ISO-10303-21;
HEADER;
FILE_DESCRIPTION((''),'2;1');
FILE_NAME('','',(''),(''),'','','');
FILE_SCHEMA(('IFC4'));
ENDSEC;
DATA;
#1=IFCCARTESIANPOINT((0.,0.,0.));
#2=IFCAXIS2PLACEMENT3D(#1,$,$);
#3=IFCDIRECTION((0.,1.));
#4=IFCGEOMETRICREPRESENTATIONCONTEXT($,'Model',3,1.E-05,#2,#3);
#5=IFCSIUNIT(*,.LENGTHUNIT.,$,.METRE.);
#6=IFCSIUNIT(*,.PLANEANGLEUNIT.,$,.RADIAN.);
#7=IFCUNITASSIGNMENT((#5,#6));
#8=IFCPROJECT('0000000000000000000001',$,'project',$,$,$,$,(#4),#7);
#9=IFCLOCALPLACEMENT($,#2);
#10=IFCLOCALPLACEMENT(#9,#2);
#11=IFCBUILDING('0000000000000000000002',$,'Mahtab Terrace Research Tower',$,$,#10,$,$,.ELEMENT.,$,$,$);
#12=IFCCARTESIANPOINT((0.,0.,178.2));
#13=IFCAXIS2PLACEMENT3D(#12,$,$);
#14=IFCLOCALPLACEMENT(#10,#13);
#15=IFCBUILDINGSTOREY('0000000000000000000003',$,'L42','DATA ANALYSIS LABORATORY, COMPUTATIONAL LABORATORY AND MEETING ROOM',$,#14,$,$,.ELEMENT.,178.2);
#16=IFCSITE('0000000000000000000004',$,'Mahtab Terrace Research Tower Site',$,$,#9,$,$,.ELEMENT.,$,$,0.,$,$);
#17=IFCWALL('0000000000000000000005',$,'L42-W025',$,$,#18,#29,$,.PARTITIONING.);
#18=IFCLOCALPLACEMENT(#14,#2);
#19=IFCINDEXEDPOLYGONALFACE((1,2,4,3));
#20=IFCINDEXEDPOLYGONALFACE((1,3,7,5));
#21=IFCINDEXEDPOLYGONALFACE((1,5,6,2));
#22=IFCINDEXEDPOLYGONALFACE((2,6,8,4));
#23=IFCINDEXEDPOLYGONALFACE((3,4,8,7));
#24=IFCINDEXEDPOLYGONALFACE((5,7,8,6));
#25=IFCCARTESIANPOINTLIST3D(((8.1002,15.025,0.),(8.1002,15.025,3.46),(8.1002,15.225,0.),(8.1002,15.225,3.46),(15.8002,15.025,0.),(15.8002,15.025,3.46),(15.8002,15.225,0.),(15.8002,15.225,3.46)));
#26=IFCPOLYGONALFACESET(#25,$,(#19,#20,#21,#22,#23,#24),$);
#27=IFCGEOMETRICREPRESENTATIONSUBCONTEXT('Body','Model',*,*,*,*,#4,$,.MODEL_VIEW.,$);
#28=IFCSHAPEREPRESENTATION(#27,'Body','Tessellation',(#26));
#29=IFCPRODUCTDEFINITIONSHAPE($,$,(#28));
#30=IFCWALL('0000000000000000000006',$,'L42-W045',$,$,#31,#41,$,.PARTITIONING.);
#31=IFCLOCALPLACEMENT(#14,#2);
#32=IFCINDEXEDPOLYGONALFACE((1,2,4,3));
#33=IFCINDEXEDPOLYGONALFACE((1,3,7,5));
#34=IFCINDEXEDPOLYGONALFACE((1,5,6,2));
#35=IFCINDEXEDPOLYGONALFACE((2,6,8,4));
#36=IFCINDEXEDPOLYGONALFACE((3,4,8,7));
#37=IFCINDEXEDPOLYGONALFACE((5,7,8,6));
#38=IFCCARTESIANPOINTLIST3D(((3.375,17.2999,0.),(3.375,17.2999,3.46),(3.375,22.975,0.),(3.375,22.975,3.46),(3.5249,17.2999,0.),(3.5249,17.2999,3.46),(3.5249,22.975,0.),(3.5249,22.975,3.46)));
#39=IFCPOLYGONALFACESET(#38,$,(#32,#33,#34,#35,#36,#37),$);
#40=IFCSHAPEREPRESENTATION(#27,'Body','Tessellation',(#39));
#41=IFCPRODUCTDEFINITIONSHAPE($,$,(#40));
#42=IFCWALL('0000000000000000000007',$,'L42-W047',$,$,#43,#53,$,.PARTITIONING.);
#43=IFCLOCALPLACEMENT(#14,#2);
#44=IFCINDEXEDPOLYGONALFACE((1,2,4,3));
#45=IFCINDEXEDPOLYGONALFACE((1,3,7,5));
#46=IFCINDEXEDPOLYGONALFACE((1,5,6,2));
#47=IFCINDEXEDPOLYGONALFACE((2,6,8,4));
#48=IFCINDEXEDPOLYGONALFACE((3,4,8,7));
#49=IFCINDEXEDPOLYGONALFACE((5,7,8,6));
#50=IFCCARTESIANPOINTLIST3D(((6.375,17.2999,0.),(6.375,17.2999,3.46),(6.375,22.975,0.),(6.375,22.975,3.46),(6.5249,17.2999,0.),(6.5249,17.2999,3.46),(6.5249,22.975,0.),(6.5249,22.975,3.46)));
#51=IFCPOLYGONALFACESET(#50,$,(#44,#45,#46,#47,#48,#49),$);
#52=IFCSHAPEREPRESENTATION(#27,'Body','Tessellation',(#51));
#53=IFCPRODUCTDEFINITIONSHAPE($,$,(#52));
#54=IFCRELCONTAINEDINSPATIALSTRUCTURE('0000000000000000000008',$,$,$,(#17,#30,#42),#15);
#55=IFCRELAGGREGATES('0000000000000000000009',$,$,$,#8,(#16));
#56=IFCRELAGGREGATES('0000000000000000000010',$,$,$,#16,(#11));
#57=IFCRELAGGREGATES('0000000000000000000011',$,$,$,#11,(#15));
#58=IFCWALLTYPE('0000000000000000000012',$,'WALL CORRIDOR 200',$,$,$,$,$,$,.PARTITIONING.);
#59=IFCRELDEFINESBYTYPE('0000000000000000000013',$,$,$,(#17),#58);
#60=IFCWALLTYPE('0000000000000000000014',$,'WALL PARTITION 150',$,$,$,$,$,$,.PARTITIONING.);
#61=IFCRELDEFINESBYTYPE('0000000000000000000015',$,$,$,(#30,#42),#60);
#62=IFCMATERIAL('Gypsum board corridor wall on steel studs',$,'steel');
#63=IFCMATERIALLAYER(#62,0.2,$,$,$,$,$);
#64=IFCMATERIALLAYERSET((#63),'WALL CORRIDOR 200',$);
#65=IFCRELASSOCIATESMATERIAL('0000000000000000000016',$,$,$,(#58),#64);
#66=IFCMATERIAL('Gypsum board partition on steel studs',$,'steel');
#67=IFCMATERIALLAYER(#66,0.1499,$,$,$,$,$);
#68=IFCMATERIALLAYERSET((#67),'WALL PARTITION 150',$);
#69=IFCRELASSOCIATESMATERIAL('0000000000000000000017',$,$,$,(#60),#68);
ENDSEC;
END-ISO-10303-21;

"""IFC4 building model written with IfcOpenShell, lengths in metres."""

from ifc_helpers import new_model, si_unit, direction, frame, frame_2d, origin, place, context, subcontext, project, spatial, rectangle, extrude, material, layer, layer_set, type_object, element, save


model = new_model("IFC4")

# Units and contexts
model_context = context("Model", 3, precision=1e-05, world=origin(), true_north=direction((0.0, 1.0)))
body_context = subcontext(model_context, "Body", "Model", "MODEL_VIEW")
ifc_project = project(units=[si_unit("LENGTHUNIT", "METRE"), si_unit("PLANEANGLEUNIT", "RADIAN")], contexts=[model_context])

# Site, building, storey
site_placement = place(None, origin())
site = spatial("IfcSite", under=ifc_project, at=site_placement, Name="Mahtab Terrace Research Tower Site", CompositionType="ELEMENT", RefElevation=0.0)
building_placement = place(site_placement, origin())
building = spatial("IfcBuilding", under=site, at=building_placement, Name="Mahtab Terrace Research Tower", CompositionType="ELEMENT")
storey_placement = place(building_placement, frame((0.0, 0.0, 178.2)))
storey = spatial("IfcBuildingStorey", under=building, at=storey_placement, Name="L42", Description="DATA ANALYSIS LABORATORY, COMPUTATIONAL LABORATORY AND MEETING ROOM", CompositionType="ELEMENT", Elevation=178.2)

# Walls
ifc_material_1 = material(Name="Gypsum board corridor wall on steel studs", Category="steel")
ifc_layer_1 = layer(ifc_material_1, 0.2)
ifc_layer_set_1 = layer_set([ifc_layer_1], Name="WALL CORRIDOR 200")
wall_type_1 = type_object("IfcWallType", Name="WALL CORRIDOR 200", PredefinedType="PARTITIONING", material=ifc_layer_set_1)
wall_1_placement = place(storey_placement, frame((8.1001, 15.125, 0.0), z_axis=(0.0, 0.0, 1.0), x_axis=(1.0, 0.0, 0.0)))
element("IfcWall", 1, at=wall_1_placement, inside=storey, type_object=wall_type_1, Name="L42-W025", PredefinedType="PARTITIONING", context=body_context, shape_type="SweptSolid", body=[
    extrude(rectangle(XDim=7.7, YDim=0.2, at=frame_2d((3.8501, 0.0))), origin(), (0.0, 0.0, 1.0), 3.46),
])
ifc_material_2 = material(Name="Gypsum board partition on steel studs", Category="steel")
ifc_layer_2 = layer(ifc_material_2, 0.1499)
ifc_layer_set_2 = layer_set([ifc_layer_2], Name="WALL PARTITION 150")
wall_type_2 = type_object("IfcWallType", Name="WALL PARTITION 150", PredefinedType="PARTITIONING", material=ifc_layer_set_2)
for number, where, z_axis, x_axis, name in (
    (2, (3.45, 17.3, 0.0), (0.0, 0.0, 1.0), (0.0, 1.0, 0.0), "L42-W045"),
    (3, (6.45, 17.3, 0.0), (0.0, 0.0, 1.0), (0.0, 1.0, 0.0), "L42-W047"),
):
    element("IfcWall", number, at=place(storey_placement, frame(where, z_axis=z_axis, x_axis=x_axis)), inside=storey, type_object=wall_type_2, Name=name, PredefinedType="PARTITIONING", context=body_context, shape_type="SweptSolid", body=[
        extrude(rectangle(XDim=5.675, YDim=0.1499, at=frame_2d((2.8374, 0.0))), origin(), (0.0, 0.0, 1.0), 3.46),
    ])

save(model, "model.ifc")
